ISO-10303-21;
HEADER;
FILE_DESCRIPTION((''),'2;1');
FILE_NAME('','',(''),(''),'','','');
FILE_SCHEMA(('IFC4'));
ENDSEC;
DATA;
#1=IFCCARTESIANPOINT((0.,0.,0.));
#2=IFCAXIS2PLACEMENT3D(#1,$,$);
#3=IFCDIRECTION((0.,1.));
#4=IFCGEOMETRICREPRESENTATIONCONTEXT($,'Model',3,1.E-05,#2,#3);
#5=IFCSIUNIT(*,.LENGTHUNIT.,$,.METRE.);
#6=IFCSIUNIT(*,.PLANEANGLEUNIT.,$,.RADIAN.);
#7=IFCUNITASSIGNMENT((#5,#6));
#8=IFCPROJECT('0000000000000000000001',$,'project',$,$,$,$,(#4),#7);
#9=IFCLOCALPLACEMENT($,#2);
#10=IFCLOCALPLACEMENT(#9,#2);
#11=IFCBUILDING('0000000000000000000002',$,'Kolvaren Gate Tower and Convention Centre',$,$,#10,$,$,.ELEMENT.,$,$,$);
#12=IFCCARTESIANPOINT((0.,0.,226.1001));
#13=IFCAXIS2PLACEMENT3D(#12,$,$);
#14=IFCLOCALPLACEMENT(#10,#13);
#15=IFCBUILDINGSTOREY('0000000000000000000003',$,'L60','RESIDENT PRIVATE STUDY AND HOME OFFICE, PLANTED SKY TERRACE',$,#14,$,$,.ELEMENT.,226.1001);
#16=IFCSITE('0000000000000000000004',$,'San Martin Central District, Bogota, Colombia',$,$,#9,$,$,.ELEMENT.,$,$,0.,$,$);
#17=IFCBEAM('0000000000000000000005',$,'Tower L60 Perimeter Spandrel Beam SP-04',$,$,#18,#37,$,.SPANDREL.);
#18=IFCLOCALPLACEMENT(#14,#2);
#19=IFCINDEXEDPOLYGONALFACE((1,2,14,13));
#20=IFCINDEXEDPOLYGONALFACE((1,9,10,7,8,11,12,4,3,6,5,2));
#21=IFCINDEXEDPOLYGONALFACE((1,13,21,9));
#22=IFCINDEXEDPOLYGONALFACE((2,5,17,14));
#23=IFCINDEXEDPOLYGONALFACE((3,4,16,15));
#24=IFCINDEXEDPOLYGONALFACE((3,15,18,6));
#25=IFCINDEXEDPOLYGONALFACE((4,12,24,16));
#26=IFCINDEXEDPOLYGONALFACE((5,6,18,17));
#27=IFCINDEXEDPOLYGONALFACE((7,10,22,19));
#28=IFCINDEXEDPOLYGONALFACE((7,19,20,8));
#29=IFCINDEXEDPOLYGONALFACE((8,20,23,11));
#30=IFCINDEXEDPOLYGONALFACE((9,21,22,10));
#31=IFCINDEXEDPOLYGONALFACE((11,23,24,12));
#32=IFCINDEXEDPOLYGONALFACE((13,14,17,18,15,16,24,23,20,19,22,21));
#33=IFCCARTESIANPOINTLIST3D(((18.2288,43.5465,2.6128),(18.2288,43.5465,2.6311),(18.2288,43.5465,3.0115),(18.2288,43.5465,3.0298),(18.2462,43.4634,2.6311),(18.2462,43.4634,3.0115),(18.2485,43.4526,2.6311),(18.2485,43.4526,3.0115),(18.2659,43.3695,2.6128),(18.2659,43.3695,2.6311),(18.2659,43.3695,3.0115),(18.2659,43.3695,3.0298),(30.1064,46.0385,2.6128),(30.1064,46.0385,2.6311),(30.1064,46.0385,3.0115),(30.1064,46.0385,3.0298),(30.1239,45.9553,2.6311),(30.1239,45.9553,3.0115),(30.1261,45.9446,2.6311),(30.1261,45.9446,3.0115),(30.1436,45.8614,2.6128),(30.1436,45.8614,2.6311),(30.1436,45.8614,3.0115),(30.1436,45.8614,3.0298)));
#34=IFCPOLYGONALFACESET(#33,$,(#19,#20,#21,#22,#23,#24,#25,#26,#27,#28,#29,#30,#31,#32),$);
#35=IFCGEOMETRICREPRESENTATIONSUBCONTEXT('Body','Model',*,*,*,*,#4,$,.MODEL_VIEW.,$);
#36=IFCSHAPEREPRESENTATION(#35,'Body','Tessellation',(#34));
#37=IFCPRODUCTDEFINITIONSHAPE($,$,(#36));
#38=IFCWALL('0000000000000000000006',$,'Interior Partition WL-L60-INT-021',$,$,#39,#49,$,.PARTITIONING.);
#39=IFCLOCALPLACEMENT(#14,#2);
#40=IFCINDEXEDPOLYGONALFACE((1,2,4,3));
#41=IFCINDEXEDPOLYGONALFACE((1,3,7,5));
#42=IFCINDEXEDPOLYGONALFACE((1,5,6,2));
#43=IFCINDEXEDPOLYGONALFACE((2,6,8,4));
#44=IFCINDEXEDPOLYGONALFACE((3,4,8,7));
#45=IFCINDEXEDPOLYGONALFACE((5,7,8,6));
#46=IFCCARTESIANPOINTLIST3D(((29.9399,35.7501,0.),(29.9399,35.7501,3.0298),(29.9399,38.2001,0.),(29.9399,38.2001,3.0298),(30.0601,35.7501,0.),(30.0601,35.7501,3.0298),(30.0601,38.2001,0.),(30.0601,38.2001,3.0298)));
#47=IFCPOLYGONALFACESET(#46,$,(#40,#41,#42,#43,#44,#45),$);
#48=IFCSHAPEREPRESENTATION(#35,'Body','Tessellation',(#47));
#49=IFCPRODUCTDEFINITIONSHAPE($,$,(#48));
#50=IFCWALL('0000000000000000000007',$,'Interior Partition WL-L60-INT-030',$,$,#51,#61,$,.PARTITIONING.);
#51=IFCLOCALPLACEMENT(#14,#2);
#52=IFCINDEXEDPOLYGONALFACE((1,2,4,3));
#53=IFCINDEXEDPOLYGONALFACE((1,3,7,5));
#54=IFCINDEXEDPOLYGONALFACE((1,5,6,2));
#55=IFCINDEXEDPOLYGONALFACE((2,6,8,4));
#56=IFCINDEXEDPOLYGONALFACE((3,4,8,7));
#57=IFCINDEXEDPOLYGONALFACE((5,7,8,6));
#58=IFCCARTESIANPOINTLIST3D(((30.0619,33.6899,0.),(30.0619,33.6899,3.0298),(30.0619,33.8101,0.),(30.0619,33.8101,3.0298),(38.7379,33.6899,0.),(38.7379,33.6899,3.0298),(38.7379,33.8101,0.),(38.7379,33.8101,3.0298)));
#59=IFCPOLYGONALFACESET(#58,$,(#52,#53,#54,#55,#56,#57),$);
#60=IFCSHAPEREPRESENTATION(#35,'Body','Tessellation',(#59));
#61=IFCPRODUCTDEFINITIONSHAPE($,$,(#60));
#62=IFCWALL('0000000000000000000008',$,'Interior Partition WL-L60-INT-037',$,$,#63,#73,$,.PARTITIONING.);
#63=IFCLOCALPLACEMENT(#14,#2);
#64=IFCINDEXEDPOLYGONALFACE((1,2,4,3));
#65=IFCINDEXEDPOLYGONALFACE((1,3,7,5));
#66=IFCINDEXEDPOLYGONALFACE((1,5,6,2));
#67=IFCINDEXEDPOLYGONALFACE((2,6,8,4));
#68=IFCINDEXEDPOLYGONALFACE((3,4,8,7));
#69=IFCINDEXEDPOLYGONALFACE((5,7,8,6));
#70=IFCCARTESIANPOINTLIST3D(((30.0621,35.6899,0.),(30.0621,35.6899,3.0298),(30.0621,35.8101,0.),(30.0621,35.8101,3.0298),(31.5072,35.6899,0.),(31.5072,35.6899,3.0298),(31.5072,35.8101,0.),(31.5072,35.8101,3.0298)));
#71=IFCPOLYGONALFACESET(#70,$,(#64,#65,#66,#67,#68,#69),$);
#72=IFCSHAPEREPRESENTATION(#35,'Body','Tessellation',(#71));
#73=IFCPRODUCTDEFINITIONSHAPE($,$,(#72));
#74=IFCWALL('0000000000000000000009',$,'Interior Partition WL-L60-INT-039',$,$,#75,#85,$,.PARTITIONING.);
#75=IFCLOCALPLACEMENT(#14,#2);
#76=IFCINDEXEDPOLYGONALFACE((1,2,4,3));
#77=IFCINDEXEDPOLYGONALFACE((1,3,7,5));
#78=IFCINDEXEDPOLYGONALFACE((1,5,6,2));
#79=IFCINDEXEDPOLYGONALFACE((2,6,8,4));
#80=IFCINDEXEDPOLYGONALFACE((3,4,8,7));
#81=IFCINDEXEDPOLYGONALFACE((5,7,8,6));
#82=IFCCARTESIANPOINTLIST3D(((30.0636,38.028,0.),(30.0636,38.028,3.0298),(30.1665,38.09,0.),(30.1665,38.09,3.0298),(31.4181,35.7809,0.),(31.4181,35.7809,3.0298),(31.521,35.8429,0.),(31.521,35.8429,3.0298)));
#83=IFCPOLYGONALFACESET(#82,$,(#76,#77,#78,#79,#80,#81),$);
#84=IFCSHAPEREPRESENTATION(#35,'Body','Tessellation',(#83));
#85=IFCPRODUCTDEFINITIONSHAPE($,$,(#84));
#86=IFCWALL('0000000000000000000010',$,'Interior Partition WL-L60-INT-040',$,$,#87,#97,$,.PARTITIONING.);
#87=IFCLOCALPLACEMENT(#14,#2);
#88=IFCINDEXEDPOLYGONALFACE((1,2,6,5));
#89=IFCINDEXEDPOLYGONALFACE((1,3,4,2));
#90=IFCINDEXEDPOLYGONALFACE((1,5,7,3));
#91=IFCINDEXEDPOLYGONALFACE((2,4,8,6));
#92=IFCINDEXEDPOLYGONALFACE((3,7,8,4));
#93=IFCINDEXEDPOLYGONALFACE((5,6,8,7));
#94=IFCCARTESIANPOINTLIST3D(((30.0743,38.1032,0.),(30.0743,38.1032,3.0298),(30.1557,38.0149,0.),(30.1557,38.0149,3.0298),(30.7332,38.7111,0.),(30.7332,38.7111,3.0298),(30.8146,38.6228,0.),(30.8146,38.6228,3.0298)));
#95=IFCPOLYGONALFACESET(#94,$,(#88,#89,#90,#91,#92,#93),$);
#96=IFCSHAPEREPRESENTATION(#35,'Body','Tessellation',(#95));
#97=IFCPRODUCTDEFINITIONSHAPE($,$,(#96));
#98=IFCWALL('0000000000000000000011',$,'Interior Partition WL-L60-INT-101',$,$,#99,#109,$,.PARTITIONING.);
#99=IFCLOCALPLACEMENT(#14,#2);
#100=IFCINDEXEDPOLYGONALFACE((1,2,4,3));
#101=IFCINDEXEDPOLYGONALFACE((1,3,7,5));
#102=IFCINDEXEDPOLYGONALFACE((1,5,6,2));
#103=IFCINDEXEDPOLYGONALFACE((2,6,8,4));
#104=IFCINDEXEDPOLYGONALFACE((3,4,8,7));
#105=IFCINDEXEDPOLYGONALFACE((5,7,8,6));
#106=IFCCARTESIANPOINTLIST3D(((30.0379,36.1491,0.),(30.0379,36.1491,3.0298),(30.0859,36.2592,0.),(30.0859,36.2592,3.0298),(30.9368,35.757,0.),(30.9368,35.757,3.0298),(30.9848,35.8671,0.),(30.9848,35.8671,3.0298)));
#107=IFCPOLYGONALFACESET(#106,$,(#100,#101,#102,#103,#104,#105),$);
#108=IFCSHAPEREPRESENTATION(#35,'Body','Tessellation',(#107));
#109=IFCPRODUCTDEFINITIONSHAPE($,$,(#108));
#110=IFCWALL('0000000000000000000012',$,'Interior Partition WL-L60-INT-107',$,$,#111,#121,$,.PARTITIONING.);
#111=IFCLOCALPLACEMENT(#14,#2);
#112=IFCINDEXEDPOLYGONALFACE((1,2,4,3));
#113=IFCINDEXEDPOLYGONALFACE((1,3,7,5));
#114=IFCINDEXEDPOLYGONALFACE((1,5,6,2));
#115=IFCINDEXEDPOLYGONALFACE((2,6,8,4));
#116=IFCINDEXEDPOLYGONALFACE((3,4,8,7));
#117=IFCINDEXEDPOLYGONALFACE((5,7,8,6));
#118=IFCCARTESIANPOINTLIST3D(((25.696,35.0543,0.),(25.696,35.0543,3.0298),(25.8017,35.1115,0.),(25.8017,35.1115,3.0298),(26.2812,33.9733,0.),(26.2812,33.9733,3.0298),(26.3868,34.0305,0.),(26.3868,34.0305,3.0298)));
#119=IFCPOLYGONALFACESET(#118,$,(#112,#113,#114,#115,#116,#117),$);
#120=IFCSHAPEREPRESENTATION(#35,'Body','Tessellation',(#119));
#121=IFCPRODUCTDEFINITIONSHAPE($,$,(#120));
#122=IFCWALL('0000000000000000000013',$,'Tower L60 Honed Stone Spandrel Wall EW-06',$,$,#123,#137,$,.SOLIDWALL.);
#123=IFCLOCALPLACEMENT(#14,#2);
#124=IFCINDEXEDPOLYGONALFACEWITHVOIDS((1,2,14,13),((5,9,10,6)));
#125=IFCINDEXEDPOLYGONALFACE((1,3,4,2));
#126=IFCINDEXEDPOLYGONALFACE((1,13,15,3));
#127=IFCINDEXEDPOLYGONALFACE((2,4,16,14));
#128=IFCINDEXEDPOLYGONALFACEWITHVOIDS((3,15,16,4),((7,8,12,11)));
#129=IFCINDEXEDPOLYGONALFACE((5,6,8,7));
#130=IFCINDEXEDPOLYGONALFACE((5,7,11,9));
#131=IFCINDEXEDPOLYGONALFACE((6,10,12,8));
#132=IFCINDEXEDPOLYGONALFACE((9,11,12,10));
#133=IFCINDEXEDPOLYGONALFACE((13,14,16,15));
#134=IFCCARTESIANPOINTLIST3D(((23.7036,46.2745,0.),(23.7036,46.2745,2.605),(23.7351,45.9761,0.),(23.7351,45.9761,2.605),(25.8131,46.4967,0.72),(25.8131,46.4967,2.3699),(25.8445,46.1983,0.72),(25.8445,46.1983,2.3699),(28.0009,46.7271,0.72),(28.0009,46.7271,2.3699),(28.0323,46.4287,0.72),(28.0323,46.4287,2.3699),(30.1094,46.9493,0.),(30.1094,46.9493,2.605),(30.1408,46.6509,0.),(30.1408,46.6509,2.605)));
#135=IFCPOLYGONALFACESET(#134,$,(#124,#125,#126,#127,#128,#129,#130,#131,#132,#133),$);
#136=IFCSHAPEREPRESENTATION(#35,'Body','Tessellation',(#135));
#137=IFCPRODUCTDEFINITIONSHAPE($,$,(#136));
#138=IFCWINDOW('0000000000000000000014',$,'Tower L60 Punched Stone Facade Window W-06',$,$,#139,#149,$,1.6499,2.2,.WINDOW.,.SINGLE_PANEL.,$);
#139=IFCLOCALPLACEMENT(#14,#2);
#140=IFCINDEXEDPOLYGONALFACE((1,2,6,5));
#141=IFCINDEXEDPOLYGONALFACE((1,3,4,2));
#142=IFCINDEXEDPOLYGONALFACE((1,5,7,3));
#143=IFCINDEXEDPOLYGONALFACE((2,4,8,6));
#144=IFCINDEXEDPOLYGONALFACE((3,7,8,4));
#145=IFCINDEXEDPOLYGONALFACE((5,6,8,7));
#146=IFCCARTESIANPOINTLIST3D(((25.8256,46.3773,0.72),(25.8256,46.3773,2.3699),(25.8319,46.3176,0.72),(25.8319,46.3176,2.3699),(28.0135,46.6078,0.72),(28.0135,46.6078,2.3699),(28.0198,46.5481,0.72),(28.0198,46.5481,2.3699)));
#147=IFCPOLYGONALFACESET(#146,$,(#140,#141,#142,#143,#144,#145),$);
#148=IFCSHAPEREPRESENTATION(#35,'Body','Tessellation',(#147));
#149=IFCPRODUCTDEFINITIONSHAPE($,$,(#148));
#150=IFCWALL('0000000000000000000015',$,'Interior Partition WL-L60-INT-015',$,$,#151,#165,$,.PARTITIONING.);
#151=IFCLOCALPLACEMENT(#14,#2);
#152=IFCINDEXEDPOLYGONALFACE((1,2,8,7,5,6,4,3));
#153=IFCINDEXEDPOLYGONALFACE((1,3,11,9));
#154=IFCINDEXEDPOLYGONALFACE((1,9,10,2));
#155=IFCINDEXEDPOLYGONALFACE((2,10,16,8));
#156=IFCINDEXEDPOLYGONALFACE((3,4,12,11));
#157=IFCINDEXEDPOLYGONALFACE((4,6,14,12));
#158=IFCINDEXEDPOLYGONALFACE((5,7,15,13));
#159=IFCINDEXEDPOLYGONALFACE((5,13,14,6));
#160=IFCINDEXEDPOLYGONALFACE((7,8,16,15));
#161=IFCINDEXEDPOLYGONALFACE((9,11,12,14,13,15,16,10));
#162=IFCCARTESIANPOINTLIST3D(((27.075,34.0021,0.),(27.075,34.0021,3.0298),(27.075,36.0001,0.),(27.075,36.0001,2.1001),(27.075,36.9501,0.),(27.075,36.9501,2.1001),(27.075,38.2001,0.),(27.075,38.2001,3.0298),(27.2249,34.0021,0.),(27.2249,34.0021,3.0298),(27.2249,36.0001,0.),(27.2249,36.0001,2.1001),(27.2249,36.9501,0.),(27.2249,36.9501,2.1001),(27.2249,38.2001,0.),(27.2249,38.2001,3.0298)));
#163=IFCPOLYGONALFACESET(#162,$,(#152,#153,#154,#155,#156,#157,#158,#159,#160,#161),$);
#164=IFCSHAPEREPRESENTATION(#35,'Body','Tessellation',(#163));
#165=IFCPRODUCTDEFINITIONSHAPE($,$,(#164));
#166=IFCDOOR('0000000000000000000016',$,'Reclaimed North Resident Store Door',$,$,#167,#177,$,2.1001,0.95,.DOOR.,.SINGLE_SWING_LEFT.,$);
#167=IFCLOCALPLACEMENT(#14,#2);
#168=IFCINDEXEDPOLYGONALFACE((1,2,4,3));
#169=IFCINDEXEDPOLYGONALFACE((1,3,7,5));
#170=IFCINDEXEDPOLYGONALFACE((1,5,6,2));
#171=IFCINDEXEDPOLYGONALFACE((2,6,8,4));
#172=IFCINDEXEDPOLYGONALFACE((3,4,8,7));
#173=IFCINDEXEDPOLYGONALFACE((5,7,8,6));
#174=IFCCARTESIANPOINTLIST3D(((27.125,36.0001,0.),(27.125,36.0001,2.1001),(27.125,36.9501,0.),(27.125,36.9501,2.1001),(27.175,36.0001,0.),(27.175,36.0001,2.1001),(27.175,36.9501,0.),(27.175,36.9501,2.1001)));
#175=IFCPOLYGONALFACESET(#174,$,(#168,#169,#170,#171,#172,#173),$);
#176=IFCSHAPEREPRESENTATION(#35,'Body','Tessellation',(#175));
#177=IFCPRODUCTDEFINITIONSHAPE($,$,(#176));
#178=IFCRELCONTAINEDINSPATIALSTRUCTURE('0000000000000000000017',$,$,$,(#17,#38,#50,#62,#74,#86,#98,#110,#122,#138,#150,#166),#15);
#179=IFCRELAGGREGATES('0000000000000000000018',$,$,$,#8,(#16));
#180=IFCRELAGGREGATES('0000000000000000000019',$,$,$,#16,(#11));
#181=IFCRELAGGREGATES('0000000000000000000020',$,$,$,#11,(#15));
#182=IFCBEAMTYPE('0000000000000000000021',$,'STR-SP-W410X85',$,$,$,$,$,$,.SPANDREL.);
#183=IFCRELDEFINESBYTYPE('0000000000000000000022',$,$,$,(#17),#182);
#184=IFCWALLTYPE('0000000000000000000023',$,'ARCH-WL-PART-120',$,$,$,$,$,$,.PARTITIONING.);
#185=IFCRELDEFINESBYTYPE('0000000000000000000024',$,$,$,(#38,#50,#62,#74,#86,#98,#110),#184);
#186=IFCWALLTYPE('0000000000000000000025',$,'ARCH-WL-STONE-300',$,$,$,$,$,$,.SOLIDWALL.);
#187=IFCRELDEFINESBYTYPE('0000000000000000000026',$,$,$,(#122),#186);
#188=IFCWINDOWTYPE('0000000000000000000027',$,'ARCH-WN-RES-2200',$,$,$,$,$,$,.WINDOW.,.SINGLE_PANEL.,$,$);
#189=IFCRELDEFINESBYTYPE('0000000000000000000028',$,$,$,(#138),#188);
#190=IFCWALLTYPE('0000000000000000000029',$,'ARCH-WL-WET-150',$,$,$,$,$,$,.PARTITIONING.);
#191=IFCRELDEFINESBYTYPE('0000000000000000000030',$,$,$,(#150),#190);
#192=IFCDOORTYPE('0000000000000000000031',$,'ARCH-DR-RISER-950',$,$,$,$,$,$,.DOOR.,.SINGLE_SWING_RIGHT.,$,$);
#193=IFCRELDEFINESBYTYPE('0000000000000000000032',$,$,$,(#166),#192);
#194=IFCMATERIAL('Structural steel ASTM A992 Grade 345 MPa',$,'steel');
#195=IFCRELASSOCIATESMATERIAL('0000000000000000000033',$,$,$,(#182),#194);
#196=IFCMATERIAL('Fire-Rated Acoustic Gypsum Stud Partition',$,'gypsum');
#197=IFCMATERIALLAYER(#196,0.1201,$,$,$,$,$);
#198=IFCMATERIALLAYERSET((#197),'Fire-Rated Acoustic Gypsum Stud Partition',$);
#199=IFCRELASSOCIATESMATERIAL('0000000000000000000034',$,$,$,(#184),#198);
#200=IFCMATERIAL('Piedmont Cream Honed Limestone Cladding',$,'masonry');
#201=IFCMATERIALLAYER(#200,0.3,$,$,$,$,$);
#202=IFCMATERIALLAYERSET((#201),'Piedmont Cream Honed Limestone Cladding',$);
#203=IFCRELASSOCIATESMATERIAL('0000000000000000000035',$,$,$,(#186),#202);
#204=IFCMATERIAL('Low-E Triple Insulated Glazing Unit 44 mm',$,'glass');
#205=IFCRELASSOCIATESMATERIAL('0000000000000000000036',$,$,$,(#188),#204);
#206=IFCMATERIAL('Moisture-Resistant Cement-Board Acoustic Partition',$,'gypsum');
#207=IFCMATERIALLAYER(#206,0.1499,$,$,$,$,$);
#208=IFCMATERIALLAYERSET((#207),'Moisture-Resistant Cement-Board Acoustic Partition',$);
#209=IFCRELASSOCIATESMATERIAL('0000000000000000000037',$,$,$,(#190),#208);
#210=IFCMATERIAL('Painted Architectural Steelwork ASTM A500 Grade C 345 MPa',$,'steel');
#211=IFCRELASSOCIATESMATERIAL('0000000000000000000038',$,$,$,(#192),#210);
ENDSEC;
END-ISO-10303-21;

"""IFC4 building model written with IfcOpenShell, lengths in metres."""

from ifc_helpers import new_model, si_unit, direction, frame, frame_2d, origin, origin_2d, place, context, subcontext, project, spatial, rectangle, i_section, extrude, material, layer, layer_set, material_profile, profile_set, type_object, element, fill, save


model = new_model("IFC4")

# Units and contexts
model_context = context("Model", 3, precision=1e-05, world=origin(), true_north=direction((0.0, 1.0)))
body_context = subcontext(model_context, "Body", "Model", "MODEL_VIEW")
ifc_project = project(units=[si_unit("LENGTHUNIT", "METRE"), si_unit("PLANEANGLEUNIT", "RADIAN")], contexts=[model_context])

# Site, building, storey
site_placement = place(None, origin())
site = spatial("IfcSite", under=ifc_project, at=site_placement, Name="San Martin Central District, Bogota, Colombia", CompositionType="ELEMENT", RefElevation=0.0)
building_placement = place(site_placement, origin())
building = spatial("IfcBuilding", under=site, at=building_placement, Name="Kolvaren Gate Tower and Convention Centre", CompositionType="ELEMENT")
storey_placement = place(building_placement, frame((0.0, 0.0, 226.1001)))
storey = spatial("IfcBuildingStorey", under=building, at=storey_placement, Name="L60", Description="RESIDENT PRIVATE STUDY AND HOME OFFICE, PLANTED SKY TERRACE", CompositionType="ELEMENT", Elevation=226.1001)

# Beam
ifc_material_1 = material(Name="Structural steel ASTM A992 Grade 345 MPa", Category="steel")
ifc_material_profile_1 = material_profile(ifc_material_1, i_section(OverallWidth=0.1809, OverallDepth=0.417, WebThickness=0.011, FlangeThickness=0.0183, at=origin_2d()), Name="W410X85")
ifc_profile_set_1 = profile_set([ifc_material_profile_1], Name="Structural steel ASTM A992 Grade 345 MPa")
beam_type_1 = type_object("IfcBeamType", Name="STR-SP-W410X85", PredefinedType="SPANDREL", material=ifc_profile_set_1)
beam_1_placement = place(storey_placement, frame((30.125, 45.95, 2.8213), z_axis=(-0.978693, -0.20533, 0.0), x_axis=(0.20533, -0.978693, 0.0)))
element("IfcBeam", 1, at=beam_1_placement, inside=storey, type_object=beam_type_1, Name="Tower L60 Perimeter Spandrel Beam SP-04", PredefinedType="SPANDREL", context=body_context, shape_type="SweptSolid", body=[
    extrude(i_section(OverallWidth=0.1809, OverallDepth=0.417, WebThickness=0.011, FlangeThickness=0.0183, at=origin_2d()), origin(), (0.0, 0.0, 1.0), 12.1362),
])

# Walls
ifc_material_2 = material(Name="Fire-Rated Acoustic Gypsum Stud Partition", Category="gypsum")
ifc_layer_1 = layer(ifc_material_2, 0.1201)
ifc_layer_set_1 = layer_set([ifc_layer_1], Name="Fire-Rated Acoustic Gypsum Stud Partition")
wall_type_1 = type_object("IfcWallType", Name="ARCH-WL-PART-120", PredefinedType="PARTITIONING", material=ifc_layer_set_1)
wall_1_placement = place(storey_placement, frame((30.0, 35.75, 0.0), z_axis=(0.0, 0.0, 1.0), x_axis=(0.0, 1.0, 0.0)))
element("IfcWall", 2, at=wall_1_placement, inside=storey, type_object=wall_type_1, Name="Interior Partition WL-L60-INT-021", PredefinedType="PARTITIONING", context=body_context, shape_type="SweptSolid", body=[
    extrude(rectangle(XDim=2.45, YDim=0.1201, at=frame_2d((1.2251, 0.0))), origin(), (0.0, 0.0, 1.0), 3.0298),
])
wall_2_placement = place(storey_placement, frame((30.062, 33.75, 0.0), z_axis=(0.0, 0.0, 1.0), x_axis=(1.0, 0.0, 0.0)))
element("IfcWall", 3, at=wall_2_placement, inside=storey, type_object=wall_type_1, Name="Interior Partition WL-L60-INT-030", PredefinedType="PARTITIONING", context=body_context, shape_type="SweptSolid", body=[
    extrude(rectangle(XDim=8.676, YDim=0.1201, at=frame_2d((4.3379, 0.0))), origin(), (0.0, 0.0, 1.0), 3.0298),
])
wall_3_placement = place(storey_placement, frame((30.062, 35.75, 0.0), z_axis=(0.0, 0.0, 1.0), x_axis=(1.0, 0.0, 0.0)))
element("IfcWall", 4, at=wall_3_placement, inside=storey, type_object=wall_type_1, Name="Interior Partition WL-L60-INT-037", PredefinedType="PARTITIONING", context=body_context, shape_type="SweptSolid", body=[
    extrude(rectangle(XDim=1.4451, YDim=0.1201, at=frame_2d((0.7227, 0.0))), origin(), (0.0, 0.0, 1.0), 3.0298),
])
wall_4_placement = place(storey_placement, frame((30.115, 38.0591, 0.0), z_axis=(0.0, 0.0, 1.0), x_axis=(0.516246, -0.85644, 0.0)))
element("IfcWall", 5, at=wall_4_placement, inside=storey, type_object=wall_type_1, Name="Interior Partition WL-L60-INT-039", PredefinedType="PARTITIONING", context=body_context, shape_type="SweptSolid", body=[
    extrude(rectangle(XDim=2.6238, YDim=0.1201, at=frame_2d((1.312, 0.0))), origin(), (0.0, 0.0, 1.0), 3.0298),
])
wall_5_placement = place(storey_placement, frame((30.115, 38.0591, 0.0), z_axis=(0.0, 0.0, 1.0), x_axis=(0.734991, 0.678076, 0.0)))
element("IfcWall", 6, at=wall_5_placement, inside=storey, type_object=wall_type_1, Name="Interior Partition WL-L60-INT-040", PredefinedType="PARTITIONING", context=body_context, shape_type="SweptSolid", body=[
    extrude(rectangle(XDim=0.8965, YDim=0.1201, at=frame_2d((0.4482, 0.0))), origin(), (0.0, 0.0, 1.0), 3.0298),
])
wall_6_placement = place(storey_placement, frame((30.062, 36.2041, 0.0), z_axis=(0.0, 0.0, 1.0), x_axis=(0.916602, -0.3998, 0.0)))
element("IfcWall", 7, at=wall_6_placement, inside=storey, type_object=wall_type_1, Name="Interior Partition WL-L60-INT-101", PredefinedType="PARTITIONING", context=body_context, shape_type="SweptSolid", body=[
    extrude(rectangle(XDim=0.9807, YDim=0.1201, at=frame_2d((0.4902, 0.0))), origin(), (0.0, 0.0, 1.0), 3.0298),
])
wall_7_placement = place(storey_placement, frame((25.7488, 35.083, 0.0), z_axis=(0.0, 0.0, 1.0), x_axis=(0.476053, -0.879417, 0.0)))
element("IfcWall", 8, at=wall_7_placement, inside=storey, type_object=wall_type_1, Name="Interior Partition WL-L60-INT-107", PredefinedType="PARTITIONING", context=body_context, shape_type="SweptSolid", body=[
    extrude(rectangle(XDim=1.2292, YDim=0.1201, at=frame_2d((0.6147, 0.0))), origin(), (0.0, 0.0, 1.0), 3.0298),
])

# Wall, opening, window
ifc_material_3 = material(Name="Piedmont Cream Honed Limestone Cladding", Category="masonry")
ifc_layer_2 = layer(ifc_material_3, 0.3)
ifc_layer_set_2 = layer_set([ifc_layer_2], Name="Piedmont Cream Honed Limestone Cladding")
wall_type_2 = type_object("IfcWallType", Name="ARCH-WL-STONE-300", PredefinedType="SOLIDWALL", material=ifc_layer_set_2)
wall_8_placement = place(storey_placement, frame((23.7192, 46.1252, 0.0), z_axis=(0.0, 0.0, 1.0), x_axis=(0.994497, 0.104764, 0.0)))
wall_8 = element("IfcWall", 9, at=wall_8_placement, inside=storey, type_object=wall_type_2, Name="Tower L60 Honed Stone Spandrel Wall EW-06", PredefinedType="SOLIDWALL", context=body_context, shape_type="SweptSolid", body=[
    extrude(rectangle(XDim=6.4412, YDim=0.3, at=frame_2d((3.2207, 0.0))), origin(), (0.0, 0.0, 1.0), 2.605),
])
opening_1_placement = place(wall_8_placement, frame((2.1211, 0.0, 0.72)))
opening_1 = element("IfcOpeningElement", 10, at=opening_1_placement, cuts=wall_8, PredefinedType="OPENING", context=body_context, shape_type="SweptSolid", body=[
    extrude(rectangle(XDim=2.2, YDim=1.6499, at=frame_2d((1.1001, 0.825))), frame((0.0, 0.1599, 0.0), z_axis=(0.0, -1.0, 0.0), x_axis=(1.0, 0.0, 0.0)), (0.0, 0.0, 1.0), 0.3201),
])
ifc_material_4 = material(Name="Low-E Triple Insulated Glazing Unit 44 mm", Category="glass")
window_type = type_object("IfcWindowType", Name="ARCH-WN-RES-2200", PartitioningType="SINGLE_PANEL", PredefinedType="WINDOW", material=ifc_material_4)
window_placement = place(opening_1_placement, origin())
window = element("IfcWindow", 11, at=window_placement, inside=storey, type_object=window_type, Name="Tower L60 Punched Stone Facade Window W-06", OverallHeight=1.6499, OverallWidth=2.2, PartitioningType="SINGLE_PANEL", PredefinedType="WINDOW", context=body_context, shape_type="SweptSolid", body=[
    extrude(rectangle(XDim=2.2, YDim=1.6499, at=frame_2d((1.1001, 0.825))), frame((0.0, 0.03, 0.0), z_axis=(0.0, -1.0, 0.0), x_axis=(1.0, 0.0, 0.0)), (0.0, 0.0, 1.0), 0.0601),
])
fill(opening_1, window)

# Wall, opening, door
ifc_material_5 = material(Name="Moisture-Resistant Cement-Board Acoustic Partition", Category="gypsum")
ifc_layer_3 = layer(ifc_material_5, 0.1499)
ifc_layer_set_3 = layer_set([ifc_layer_3], Name="Moisture-Resistant Cement-Board Acoustic Partition")
wall_type_3 = type_object("IfcWallType", Name="ARCH-WL-WET-150", PredefinedType="PARTITIONING", material=ifc_layer_set_3)
wall_9_placement = place(storey_placement, frame((27.1499, 34.002, 0.0), z_axis=(0.0, 0.0, 1.0), x_axis=(0.0, 1.0, 0.0)))
wall_9 = element("IfcWall", 12, at=wall_9_placement, inside=storey, type_object=wall_type_3, Name="Interior Partition WL-L60-INT-015", PredefinedType="PARTITIONING", context=body_context, shape_type="SweptSolid", body=[
    extrude(rectangle(XDim=4.198, YDim=0.1499, at=frame_2d((2.0991, 0.0))), origin(), (0.0, 0.0, 1.0), 3.0298),
])
opening_2_placement = place(wall_9_placement, frame((1.998, 0.0, 0.0)))
opening_2 = element("IfcOpeningElement", 13, at=opening_2_placement, cuts=wall_9, PredefinedType="OPENING", context=body_context, shape_type="SweptSolid", body=[
    extrude(rectangle(XDim=0.95, YDim=2.1001, at=frame_2d((0.4751, 1.05))), frame((0.0, 0.085, 0.0), z_axis=(0.0, -1.0, 0.0), x_axis=(1.0, 0.0, 0.0)), (0.0, 0.0, 1.0), 0.1699),
])
ifc_material_6 = material(Name="Painted Architectural Steelwork ASTM A500 Grade C 345 MPa", Category="steel")
door_type = type_object("IfcDoorType", Name="ARCH-DR-RISER-950", OperationType="SINGLE_SWING_RIGHT", PredefinedType="DOOR", material=ifc_material_6)
door_placement = place(opening_2_placement, origin())
door = element("IfcDoor", 14, at=door_placement, inside=storey, type_object=door_type, Name="Reclaimed North Resident Store Door", OperationType="SINGLE_SWING_LEFT", OverallHeight=2.1001, OverallWidth=0.95, PredefinedType="DOOR", context=body_context, shape_type="SweptSolid", body=[
    extrude(rectangle(XDim=0.95, YDim=2.1001, at=frame_2d((0.4751, 1.05))), frame((0.0, 0.0249, 0.0), z_axis=(0.0, -1.0, 0.0), x_axis=(1.0, 0.0, 0.0)), (0.0, 0.0, 1.0), 0.05),
])
fill(opening_2, door)

save(model, "model.ifc")
